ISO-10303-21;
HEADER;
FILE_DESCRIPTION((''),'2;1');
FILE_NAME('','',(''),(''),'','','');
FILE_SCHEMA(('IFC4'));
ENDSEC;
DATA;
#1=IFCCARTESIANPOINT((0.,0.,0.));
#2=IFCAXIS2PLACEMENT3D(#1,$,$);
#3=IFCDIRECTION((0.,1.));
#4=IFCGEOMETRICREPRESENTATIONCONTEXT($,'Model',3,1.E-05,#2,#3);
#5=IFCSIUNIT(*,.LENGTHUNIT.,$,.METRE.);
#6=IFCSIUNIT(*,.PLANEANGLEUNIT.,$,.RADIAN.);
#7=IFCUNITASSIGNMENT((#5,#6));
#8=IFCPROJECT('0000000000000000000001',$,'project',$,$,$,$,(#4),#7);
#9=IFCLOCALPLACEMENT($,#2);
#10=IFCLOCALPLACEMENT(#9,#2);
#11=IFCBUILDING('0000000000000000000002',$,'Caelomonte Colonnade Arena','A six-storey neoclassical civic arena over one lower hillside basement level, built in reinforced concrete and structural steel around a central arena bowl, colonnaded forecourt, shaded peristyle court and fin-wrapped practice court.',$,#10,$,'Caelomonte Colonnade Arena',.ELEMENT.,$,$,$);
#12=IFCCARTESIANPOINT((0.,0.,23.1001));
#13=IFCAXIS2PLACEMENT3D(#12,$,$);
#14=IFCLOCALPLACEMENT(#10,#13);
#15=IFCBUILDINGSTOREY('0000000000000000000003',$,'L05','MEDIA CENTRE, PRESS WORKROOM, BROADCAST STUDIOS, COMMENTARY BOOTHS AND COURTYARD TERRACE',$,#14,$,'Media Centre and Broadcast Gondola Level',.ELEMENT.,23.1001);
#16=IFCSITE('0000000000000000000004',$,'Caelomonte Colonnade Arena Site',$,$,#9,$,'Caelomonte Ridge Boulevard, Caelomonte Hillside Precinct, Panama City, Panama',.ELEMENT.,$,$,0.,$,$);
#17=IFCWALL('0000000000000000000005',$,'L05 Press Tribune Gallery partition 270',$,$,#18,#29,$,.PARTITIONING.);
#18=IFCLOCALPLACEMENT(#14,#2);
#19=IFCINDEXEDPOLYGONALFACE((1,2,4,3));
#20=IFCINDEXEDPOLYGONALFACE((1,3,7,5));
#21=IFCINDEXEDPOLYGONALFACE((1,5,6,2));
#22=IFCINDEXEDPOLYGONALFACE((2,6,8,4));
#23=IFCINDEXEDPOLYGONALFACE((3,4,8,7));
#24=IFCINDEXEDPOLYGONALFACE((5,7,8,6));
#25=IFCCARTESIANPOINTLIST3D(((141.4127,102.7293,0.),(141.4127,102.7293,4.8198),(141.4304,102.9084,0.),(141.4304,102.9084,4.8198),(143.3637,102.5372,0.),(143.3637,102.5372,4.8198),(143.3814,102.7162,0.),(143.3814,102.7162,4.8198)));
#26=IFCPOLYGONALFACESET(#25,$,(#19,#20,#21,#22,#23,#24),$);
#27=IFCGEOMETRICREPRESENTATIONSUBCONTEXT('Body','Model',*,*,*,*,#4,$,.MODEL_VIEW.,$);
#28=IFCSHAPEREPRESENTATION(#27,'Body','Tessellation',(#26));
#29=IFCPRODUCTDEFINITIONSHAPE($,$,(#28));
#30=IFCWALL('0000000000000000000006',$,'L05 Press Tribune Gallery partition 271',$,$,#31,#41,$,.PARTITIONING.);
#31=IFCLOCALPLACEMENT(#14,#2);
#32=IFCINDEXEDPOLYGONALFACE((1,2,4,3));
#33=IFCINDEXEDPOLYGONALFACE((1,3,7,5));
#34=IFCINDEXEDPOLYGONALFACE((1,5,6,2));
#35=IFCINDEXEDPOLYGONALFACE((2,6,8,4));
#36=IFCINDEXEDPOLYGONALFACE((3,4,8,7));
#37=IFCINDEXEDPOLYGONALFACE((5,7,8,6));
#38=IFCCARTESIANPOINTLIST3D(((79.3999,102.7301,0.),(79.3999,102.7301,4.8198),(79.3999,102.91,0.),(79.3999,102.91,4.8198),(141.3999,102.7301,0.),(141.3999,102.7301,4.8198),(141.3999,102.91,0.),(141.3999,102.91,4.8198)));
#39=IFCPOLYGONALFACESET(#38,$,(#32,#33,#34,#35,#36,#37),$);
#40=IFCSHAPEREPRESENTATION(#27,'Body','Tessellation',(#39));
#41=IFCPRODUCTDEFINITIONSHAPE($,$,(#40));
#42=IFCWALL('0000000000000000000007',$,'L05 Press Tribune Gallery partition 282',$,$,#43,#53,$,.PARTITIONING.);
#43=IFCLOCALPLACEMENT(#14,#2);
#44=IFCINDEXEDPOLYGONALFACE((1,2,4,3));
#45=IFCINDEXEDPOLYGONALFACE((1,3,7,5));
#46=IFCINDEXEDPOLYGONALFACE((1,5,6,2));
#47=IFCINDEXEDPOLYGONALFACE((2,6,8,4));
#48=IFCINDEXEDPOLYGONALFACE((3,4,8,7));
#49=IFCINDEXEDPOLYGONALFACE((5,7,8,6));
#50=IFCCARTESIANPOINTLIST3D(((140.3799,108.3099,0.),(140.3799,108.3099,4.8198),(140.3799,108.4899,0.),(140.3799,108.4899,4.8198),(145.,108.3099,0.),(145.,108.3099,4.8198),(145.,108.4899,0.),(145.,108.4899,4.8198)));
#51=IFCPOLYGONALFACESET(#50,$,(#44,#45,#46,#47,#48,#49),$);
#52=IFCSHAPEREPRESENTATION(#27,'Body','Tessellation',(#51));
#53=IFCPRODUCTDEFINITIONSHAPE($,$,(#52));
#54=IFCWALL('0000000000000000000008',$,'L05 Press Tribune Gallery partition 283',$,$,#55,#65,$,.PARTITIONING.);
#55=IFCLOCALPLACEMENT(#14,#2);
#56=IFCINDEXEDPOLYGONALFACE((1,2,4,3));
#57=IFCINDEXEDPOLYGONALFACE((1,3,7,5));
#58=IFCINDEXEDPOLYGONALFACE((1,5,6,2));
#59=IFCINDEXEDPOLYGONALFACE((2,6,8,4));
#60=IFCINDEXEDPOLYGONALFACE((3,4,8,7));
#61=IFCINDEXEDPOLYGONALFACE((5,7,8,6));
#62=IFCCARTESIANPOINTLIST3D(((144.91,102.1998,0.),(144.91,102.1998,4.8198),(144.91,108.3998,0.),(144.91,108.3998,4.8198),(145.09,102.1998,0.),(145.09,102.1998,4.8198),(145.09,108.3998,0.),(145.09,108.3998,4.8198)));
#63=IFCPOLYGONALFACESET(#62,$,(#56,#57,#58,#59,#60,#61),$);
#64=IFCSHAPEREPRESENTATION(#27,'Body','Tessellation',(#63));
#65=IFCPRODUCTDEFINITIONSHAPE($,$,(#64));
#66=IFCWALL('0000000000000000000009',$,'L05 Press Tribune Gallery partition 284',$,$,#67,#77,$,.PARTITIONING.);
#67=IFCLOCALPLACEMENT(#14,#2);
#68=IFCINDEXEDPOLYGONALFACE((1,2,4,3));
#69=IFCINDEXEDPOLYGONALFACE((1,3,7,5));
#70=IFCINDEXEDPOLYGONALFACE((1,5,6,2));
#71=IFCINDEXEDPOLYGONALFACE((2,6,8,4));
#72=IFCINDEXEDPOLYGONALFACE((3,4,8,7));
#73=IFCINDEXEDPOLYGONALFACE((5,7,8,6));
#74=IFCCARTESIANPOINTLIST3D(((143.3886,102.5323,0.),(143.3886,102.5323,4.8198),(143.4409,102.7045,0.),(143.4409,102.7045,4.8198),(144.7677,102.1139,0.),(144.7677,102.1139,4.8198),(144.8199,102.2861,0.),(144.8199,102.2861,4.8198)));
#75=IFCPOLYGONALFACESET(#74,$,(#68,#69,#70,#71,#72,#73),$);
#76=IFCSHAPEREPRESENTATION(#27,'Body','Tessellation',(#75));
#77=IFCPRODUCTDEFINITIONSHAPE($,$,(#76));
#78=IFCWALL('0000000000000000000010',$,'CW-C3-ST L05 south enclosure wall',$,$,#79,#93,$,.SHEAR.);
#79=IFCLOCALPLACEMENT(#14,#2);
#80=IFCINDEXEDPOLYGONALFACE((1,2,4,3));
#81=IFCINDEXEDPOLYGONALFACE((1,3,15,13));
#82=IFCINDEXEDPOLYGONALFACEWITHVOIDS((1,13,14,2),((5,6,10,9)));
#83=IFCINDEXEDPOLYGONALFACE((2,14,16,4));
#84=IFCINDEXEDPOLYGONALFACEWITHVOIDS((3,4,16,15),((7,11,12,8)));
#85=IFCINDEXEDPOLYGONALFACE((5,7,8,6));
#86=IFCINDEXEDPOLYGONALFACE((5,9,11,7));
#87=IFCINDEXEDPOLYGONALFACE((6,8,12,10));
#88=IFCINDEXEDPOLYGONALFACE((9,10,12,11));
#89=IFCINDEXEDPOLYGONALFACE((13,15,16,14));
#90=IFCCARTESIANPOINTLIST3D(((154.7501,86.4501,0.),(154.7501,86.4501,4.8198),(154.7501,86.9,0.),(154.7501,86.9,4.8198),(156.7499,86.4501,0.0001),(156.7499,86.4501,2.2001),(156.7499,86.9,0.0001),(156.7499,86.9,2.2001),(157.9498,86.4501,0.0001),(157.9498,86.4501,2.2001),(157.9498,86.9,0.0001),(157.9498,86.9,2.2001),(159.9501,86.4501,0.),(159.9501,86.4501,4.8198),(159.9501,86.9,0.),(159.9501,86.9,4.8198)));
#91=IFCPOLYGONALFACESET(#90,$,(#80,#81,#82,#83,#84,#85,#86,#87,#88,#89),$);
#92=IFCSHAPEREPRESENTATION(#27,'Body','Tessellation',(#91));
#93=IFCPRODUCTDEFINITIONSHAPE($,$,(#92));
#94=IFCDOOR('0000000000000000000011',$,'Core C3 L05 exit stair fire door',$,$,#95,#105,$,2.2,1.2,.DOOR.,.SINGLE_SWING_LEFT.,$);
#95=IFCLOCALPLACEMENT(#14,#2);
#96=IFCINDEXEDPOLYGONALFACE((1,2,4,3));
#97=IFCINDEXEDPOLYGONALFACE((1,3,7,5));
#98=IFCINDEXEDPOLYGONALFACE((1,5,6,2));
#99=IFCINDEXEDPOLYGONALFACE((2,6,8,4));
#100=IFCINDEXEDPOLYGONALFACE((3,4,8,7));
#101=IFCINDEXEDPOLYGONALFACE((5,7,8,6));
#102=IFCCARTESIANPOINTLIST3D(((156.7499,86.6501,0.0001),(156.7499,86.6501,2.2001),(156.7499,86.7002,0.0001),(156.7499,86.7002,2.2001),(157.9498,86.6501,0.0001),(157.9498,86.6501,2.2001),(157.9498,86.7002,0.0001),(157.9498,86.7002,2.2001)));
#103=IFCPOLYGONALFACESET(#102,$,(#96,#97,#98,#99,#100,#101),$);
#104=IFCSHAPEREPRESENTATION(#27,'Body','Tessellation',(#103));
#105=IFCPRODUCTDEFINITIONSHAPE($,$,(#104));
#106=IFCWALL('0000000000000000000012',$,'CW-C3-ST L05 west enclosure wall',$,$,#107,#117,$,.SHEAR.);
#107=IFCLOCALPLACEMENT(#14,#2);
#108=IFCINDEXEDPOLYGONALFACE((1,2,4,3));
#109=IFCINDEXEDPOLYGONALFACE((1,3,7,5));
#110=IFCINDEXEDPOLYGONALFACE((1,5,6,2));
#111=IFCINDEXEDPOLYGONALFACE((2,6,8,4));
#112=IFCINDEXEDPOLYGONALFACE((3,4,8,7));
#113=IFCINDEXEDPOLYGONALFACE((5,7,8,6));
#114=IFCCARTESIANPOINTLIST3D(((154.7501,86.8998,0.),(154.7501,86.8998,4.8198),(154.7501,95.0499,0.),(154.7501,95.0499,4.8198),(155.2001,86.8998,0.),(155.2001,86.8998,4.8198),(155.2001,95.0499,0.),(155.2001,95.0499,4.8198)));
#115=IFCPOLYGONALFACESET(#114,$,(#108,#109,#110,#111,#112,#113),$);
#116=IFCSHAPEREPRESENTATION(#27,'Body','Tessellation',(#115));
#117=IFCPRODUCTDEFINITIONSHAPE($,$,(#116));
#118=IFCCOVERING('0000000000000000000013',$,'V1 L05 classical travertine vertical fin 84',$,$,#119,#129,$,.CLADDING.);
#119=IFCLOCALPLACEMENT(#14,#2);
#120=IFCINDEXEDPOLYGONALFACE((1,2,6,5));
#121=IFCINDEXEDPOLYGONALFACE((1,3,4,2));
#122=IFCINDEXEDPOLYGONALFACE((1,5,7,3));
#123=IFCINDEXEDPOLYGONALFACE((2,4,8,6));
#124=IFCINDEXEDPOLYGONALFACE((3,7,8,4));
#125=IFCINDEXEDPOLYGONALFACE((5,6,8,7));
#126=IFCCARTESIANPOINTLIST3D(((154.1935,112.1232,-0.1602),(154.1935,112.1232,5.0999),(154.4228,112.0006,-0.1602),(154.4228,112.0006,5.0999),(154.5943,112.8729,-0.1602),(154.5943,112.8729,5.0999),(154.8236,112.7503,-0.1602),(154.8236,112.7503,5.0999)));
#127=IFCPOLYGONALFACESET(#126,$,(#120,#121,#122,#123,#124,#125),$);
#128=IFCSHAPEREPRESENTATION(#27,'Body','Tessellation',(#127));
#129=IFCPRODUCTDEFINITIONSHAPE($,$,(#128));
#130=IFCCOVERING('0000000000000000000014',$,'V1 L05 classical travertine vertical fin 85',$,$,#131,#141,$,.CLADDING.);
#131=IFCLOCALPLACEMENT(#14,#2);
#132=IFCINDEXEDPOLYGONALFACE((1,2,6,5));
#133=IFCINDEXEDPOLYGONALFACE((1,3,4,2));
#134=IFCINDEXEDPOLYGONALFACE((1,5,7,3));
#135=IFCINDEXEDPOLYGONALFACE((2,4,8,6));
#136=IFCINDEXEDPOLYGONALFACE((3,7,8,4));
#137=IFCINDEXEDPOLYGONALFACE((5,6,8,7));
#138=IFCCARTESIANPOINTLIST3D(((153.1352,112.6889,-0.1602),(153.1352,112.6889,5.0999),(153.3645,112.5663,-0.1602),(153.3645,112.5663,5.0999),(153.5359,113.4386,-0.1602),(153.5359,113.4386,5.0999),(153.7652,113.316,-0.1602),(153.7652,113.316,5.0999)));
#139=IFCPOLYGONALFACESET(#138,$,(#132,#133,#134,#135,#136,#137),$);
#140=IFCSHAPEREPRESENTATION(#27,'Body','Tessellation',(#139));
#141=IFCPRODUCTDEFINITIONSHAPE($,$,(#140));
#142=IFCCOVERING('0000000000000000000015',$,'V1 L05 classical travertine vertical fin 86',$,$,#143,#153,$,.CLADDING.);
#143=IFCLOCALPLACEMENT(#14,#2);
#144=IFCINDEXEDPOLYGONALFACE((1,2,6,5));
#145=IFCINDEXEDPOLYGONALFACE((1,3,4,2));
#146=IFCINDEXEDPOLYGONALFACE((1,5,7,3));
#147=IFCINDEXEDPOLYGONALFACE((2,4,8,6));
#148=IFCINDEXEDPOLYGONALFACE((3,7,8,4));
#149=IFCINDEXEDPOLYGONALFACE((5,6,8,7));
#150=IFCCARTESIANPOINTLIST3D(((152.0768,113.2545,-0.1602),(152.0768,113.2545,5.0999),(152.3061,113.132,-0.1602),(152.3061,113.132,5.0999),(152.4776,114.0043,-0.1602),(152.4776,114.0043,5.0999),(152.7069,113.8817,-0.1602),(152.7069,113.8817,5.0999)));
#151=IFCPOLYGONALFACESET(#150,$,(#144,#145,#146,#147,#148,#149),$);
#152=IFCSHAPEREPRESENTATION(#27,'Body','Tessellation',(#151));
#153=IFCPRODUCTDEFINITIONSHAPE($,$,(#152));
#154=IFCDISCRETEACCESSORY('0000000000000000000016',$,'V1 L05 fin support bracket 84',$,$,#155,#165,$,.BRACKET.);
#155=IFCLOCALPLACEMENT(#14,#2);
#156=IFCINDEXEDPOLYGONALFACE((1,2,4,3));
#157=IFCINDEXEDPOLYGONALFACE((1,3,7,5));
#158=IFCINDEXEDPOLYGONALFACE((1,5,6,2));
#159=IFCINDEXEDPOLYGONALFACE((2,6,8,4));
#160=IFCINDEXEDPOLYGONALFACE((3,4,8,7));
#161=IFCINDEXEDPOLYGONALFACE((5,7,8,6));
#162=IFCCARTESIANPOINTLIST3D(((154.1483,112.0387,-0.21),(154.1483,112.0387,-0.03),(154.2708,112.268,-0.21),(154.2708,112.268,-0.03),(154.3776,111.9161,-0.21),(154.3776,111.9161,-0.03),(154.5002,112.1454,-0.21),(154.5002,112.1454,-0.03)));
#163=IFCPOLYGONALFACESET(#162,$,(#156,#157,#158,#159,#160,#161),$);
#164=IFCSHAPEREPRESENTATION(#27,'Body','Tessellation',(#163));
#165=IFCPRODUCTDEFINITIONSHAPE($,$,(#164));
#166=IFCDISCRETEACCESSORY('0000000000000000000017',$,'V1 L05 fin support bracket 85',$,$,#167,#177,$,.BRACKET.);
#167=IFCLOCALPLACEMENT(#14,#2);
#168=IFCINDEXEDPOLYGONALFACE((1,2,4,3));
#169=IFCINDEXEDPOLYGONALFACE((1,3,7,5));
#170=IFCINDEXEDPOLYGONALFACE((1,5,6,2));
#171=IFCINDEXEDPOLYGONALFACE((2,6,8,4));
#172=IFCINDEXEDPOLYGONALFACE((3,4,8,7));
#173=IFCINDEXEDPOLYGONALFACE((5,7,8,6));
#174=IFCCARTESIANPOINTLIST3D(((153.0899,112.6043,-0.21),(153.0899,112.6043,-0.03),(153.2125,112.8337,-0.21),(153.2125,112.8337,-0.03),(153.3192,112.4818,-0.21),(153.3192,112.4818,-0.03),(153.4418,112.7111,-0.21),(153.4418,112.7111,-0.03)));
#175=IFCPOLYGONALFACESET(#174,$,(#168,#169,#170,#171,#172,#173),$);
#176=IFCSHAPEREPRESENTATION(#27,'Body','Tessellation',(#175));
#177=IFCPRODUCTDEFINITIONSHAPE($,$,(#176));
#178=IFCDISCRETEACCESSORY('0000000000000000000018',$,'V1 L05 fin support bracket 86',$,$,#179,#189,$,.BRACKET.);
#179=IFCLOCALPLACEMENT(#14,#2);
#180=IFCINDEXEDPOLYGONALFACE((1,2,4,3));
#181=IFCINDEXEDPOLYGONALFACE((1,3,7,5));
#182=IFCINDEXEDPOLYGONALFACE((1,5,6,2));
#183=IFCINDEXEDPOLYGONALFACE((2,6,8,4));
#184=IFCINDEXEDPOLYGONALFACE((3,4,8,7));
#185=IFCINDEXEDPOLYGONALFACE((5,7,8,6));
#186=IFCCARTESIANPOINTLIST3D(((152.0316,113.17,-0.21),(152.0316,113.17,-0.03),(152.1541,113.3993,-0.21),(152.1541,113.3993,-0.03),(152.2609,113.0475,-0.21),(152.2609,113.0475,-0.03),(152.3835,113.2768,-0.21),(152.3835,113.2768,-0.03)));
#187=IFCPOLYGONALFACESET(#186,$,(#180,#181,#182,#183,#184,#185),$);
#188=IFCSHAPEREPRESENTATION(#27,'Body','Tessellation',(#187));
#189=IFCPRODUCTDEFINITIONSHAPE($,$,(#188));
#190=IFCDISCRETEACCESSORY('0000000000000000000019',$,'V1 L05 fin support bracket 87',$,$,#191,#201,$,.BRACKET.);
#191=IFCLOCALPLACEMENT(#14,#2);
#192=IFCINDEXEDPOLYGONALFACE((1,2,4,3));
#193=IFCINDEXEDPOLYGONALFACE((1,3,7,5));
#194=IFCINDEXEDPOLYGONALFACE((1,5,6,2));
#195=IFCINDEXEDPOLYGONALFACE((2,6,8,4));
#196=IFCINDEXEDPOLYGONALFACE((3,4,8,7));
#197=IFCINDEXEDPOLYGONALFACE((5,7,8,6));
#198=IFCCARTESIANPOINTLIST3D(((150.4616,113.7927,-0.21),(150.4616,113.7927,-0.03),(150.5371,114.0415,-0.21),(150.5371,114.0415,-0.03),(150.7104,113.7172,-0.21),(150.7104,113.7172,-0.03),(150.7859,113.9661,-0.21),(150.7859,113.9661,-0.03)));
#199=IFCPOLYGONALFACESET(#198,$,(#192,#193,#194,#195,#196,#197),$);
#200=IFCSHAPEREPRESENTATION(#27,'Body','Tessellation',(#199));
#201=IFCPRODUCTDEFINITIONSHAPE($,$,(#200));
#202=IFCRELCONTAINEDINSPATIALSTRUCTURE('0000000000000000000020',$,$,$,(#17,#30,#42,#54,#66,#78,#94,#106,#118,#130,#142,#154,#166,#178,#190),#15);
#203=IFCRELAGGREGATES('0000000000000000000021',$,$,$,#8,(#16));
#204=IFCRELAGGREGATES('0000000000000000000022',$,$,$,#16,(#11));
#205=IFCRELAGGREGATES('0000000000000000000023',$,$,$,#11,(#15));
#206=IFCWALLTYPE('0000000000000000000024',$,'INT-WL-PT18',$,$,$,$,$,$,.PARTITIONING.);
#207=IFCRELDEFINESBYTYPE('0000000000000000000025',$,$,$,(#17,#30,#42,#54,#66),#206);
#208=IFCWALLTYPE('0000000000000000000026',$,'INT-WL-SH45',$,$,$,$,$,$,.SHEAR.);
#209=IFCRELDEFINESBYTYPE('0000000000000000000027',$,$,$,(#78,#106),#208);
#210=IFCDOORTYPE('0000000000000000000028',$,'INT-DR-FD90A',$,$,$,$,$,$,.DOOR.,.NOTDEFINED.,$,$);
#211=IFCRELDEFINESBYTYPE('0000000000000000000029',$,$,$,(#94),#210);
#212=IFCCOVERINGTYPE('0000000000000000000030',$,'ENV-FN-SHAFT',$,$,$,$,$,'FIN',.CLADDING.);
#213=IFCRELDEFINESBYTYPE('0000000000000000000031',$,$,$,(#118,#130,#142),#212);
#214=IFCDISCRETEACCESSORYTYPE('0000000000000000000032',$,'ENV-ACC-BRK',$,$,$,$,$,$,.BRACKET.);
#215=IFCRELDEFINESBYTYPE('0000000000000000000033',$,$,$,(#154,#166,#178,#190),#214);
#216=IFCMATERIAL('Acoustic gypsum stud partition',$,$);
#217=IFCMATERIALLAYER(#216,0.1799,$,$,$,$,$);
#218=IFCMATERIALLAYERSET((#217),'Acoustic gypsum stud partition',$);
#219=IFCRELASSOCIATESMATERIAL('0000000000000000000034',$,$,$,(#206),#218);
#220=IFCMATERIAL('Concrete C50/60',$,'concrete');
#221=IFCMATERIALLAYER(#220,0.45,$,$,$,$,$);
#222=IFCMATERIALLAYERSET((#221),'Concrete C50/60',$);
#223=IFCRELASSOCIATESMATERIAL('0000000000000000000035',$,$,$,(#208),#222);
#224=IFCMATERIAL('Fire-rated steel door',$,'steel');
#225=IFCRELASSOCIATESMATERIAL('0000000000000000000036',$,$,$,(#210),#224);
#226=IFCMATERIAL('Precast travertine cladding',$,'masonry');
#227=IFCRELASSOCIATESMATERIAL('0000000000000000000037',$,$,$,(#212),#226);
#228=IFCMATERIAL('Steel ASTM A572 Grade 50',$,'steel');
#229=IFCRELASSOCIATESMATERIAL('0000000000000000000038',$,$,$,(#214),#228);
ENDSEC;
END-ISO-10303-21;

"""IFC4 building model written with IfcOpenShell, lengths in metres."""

from ifc_helpers import new_model, si_unit, direction, frame, frame_2d, origin, origin_2d, place, context, subcontext, project, spatial, rectangle, extrude, material, layer, layer_set, material_profile, profile_set, type_object, element, fill, save


model = new_model("IFC4")

# Units and contexts
model_context = context("Model", 3, precision=1e-05, world=origin(), true_north=direction((0.0, 1.0)))
body_context = subcontext(model_context, "Body", "Model", "MODEL_VIEW")
ifc_project = project(units=[si_unit("LENGTHUNIT", "METRE"), si_unit("PLANEANGLEUNIT", "RADIAN")], contexts=[model_context])

# Site, building, storey
site_placement = place(None, origin())
site = spatial("IfcSite", under=ifc_project, at=site_placement, Name="Caelomonte Colonnade Arena Site", LongName="Caelomonte Ridge Boulevard, Caelomonte Hillside Precinct, Panama City, Panama", CompositionType="ELEMENT", RefElevation=0.0)
building_placement = place(site_placement, origin())
building = spatial("IfcBuilding", under=site, at=building_placement, Name="Caelomonte Colonnade Arena", Description="A six-storey neoclassical civic arena over one lower hillside basement level, built in reinforced concrete and structural steel around a central arena bowl, colonnaded forecourt, shaded peristyle court and fin-wrapped practice court.", LongName="Caelomonte Colonnade Arena", CompositionType="ELEMENT")
storey_placement = place(building_placement, frame((0.0, 0.0, 23.1001)))
storey = spatial("IfcBuildingStorey", under=building, at=storey_placement, Name="L05", Description="MEDIA CENTRE, PRESS WORKROOM, BROADCAST STUDIOS, COMMENTARY BOOTHS AND COURTYARD TERRACE", LongName="Media Centre and Broadcast Gondola Level", CompositionType="ELEMENT", Elevation=23.1001)

# Walls
ifc_material_1 = material(Name="Acoustic gypsum stud partition")
ifc_layer_1 = layer(ifc_material_1, 0.1799)
ifc_layer_set_1 = layer_set([ifc_layer_1], Name="Acoustic gypsum stud partition")
wall_type_1 = type_object("IfcWallType", Name="INT-WL-PT18", PredefinedType="PARTITIONING", material=ifc_layer_set_1)
wall_1_placement = place(storey_placement, frame((143.3726, 102.6267, 0.0), z_axis=(0.0, 0.0, 1.0), x_axis=(-0.995185, 0.098012, 0.0)))
element("IfcWall", 1, at=wall_1_placement, inside=storey, type_object=wall_type_1, Name="L05 Press Tribune Gallery partition 270", PredefinedType="PARTITIONING", context=body_context, shape_type="SweptSolid", body=[
    extrude(rectangle(XDim=1.9604, YDim=0.1799, at=frame_2d((0.9802, 0.0))), origin(), (0.0, 0.0, 1.0), 4.8198),
])
wall_2_placement = place(storey_placement, frame((141.3999, 102.8201, 0.0), z_axis=(0.0, 0.0, 1.0), x_axis=(-1.0, 0.0, 0.0)))
element("IfcWall", 2, at=wall_2_placement, inside=storey, type_object=wall_type_1, Name="L05 Press Tribune Gallery partition 271", PredefinedType="PARTITIONING", context=body_context, shape_type="SweptSolid", body=[
    extrude(rectangle(XDim=62.0, YDim=0.1799, at=frame_2d((31.0, 0.0))), origin(), (0.0, 0.0, 1.0), 4.8198),
])
wall_3_placement = place(storey_placement, frame((140.3799, 108.3999, 0.0), z_axis=(0.0, 0.0, 1.0), x_axis=(1.0, 0.0, 0.0)))
element("IfcWall", 3, at=wall_3_placement, inside=storey, type_object=wall_type_1, Name="L05 Press Tribune Gallery partition 282", PredefinedType="PARTITIONING", context=body_context, shape_type="SweptSolid", body=[
    extrude(rectangle(XDim=4.6201, YDim=0.1799, at=frame_2d((2.3101, 0.0))), origin(), (0.0, 0.0, 1.0), 4.8198),
])
wall_4_placement = place(storey_placement, frame((145.0, 108.3999, 0.0), z_axis=(0.0, 0.0, 1.0), x_axis=(0.0, -1.0, 0.0)))
element("IfcWall", 4, at=wall_4_placement, inside=storey, type_object=wall_type_1, Name="L05 Press Tribune Gallery partition 283", PredefinedType="PARTITIONING", context=body_context, shape_type="SweptSolid", body=[
    extrude(rectangle(XDim=6.2, YDim=0.1799, at=frame_2d((3.1001, 0.0))), origin(), (0.0, 0.0, 1.0), 4.8198),
])
wall_5_placement = place(storey_placement, frame((144.7939, 102.2, 0.0), z_axis=(0.0, 0.0, 1.0), x_axis=(-0.956922, 0.290346, 0.0)))
element("IfcWall", 5, at=wall_5_placement, inside=storey, type_object=wall_type_1, Name="L05 Press Tribune Gallery partition 284", PredefinedType="PARTITIONING", context=body_context, shape_type="SweptSolid", body=[
    extrude(rectangle(XDim=1.4412, YDim=0.1799, at=frame_2d((0.7207, 0.0))), origin(), (0.0, 0.0, 1.0), 4.8198),
])

# Wall, opening, door
ifc_material_2 = material(Name="Concrete C50/60", Category="concrete")
ifc_layer_2 = layer(ifc_material_2, 0.45)
ifc_layer_set_2 = layer_set([ifc_layer_2], Name="Concrete C50/60")
wall_type_2 = type_object("IfcWallType", Name="INT-WL-SH45", PredefinedType="SHEAR", material=ifc_layer_set_2)
wall_6_placement = place(storey_placement, frame((154.75, 86.675, 0.0), z_axis=(0.0, 0.0, 1.0), x_axis=(1.0, 0.0, 0.0)))
wall_6 = element("IfcWall", 6, at=wall_6_placement, inside=storey, type_object=wall_type_2, Name="CW-C3-ST L05 south enclosure wall", PredefinedType="SHEAR", context=body_context, shape_type="SweptSolid", body=[
    extrude(rectangle(XDim=5.2, YDim=0.45, at=frame_2d((2.6001, 0.0))), origin(), (0.0, 0.0, 1.0), 4.8198),
])
opening_1_placement = place(wall_6_placement, frame((3.2, 0.0, 0.0), z_axis=(0.0, 0.0, 1.0), x_axis=(-1.0, 0.0, 0.0)))
opening_1 = element("IfcOpeningElement", 7, at=opening_1_placement, cuts=wall_6, PredefinedType="OPENING", context=body_context, shape_type="SweptSolid", body=[
    extrude(rectangle(XDim=1.2, YDim=2.2, at=frame_2d((0.6001, 1.1001))), frame((0.0, 0.2349, 0.0), z_axis=(0.0, -1.0, 0.0), x_axis=(1.0, 0.0, 0.0)), (0.0, 0.0, 1.0), 0.47),
])
ifc_material_3 = material(Name="Fire-rated steel door", Category="steel")
door_type = type_object("IfcDoorType", Name="INT-DR-FD90A", OperationType="NOTDEFINED", PredefinedType="DOOR", material=ifc_material_3)
door_placement = place(opening_1_placement, origin())
door = element("IfcDoor", 8, at=door_placement, inside=storey, type_object=door_type, Name="Core C3 L05 exit stair fire door", OperationType="SINGLE_SWING_LEFT", OverallHeight=2.2, OverallWidth=1.2, PredefinedType="DOOR", context=body_context, shape_type="SweptSolid", body=[
    extrude(rectangle(XDim=1.2, YDim=2.2, at=frame_2d((0.6001, 1.1001))), frame((0.0, 0.0249, 0.0), z_axis=(0.0, -1.0, 0.0), x_axis=(1.0, 0.0, 0.0)), (0.0, 0.0, 1.0), 0.05),
])
fill(opening_1, door)

# Wall
wall_7_placement = place(storey_placement, frame((154.9751, 95.05, 0.0), z_axis=(0.0, 0.0, 1.0), x_axis=(0.0, -1.0, 0.0)))
element("IfcWall", 9, at=wall_7_placement, inside=storey, type_object=wall_type_2, Name="CW-C3-ST L05 west enclosure wall", PredefinedType="SHEAR", context=body_context, shape_type="SweptSolid", body=[
    extrude(rectangle(XDim=8.1501, YDim=0.45, at=frame_2d((4.0752, 0.0))), origin(), (0.0, 0.0, 1.0), 4.8198),
])

# Coverings
ifc_material_4 = material(Name="Precast travertine cladding", Category="masonry")
ifc_material_profile_1 = material_profile(ifc_material_4, rectangle(XDim=0.26, YDim=0.8501, at=origin_2d()), Name="FIN260X850")
ifc_profile_set_1 = profile_set([ifc_material_profile_1], Name="Precast travertine cladding")
covering_type = type_object("IfcCoveringType", Name="ENV-FN-SHAFT", ElementType="FIN", PredefinedType="CLADDING", material=ifc_profile_set_1)
for number, where, z_axis, x_axis, name in (
    (10, (154.5085, 112.4368, -0.1602), (0.0, 0.0, 1.0), (0.881921, -0.471397, 0.0), "V1 L05 classical travertine vertical fin 84"),
    (11, (153.4502, 113.0024, -0.1602), (0.0, 0.0, 1.0), (0.881921, -0.471397, 0.0), "V1 L05 classical travertine vertical fin 85"),
    (12, (152.3918, 113.5681, -0.1602), (0.0, 0.0, 1.0), (0.881921, -0.471397, 0.0), "V1 L05 classical travertine vertical fin 86"),
):
    element("IfcCovering", number, at=place(storey_placement, frame(where, z_axis=z_axis, x_axis=x_axis)), inside=storey, type_object=covering_type, Name=name, PredefinedType="CLADDING", context=body_context, shape_type="SweptSolid", body=[
        extrude(rectangle(XDim=0.26, YDim=0.8501, at=origin_2d()), origin(), (0.0, 0.0, 1.0), 5.26),
    ])

# Discrete accessories
ifc_material_5 = material(Name="Steel ASTM A572 Grade 50", Category="steel")
discrete_accessory_type = type_object("IfcDiscreteAccessoryType", Name="ENV-ACC-BRK", PredefinedType="BRACKET", material=ifc_material_5)
for number, where, z_axis, x_axis, name in (
    (13, (154.3242, 112.092, -0.21), (0.0, 0.0, 1.0), (-0.881921, 0.471397, 0.0), "V1 L05 fin support bracket 84"),
    (14, (153.2659, 112.6577, -0.21), (0.0, 0.0, 1.0), (-0.881921, 0.471397, 0.0), "V1 L05 fin support bracket 85"),
    (15, (152.2075, 113.2234, -0.21), (0.0, 0.0, 1.0), (-0.881921, 0.471397, 0.0), "V1 L05 fin support bracket 86"),
    (16, (150.6238, 113.8794, -0.21), (0.0, 0.0, 1.0), (-0.956943, 0.290276, 0.0), "V1 L05 fin support bracket 87"),
):
    element("IfcDiscreteAccessory", number, at=place(storey_placement, frame(where, z_axis=z_axis, x_axis=x_axis)), inside=storey, type_object=discrete_accessory_type, Name=name, PredefinedType="BRACKET", context=body_context, shape_type="SweptSolid", body=[
        extrude(rectangle(XDim=0.26, YDim=0.26, at=origin_2d()), origin(), (0.0, 0.0, 1.0), 0.1799),
    ])

save(model, "model.ifc")
